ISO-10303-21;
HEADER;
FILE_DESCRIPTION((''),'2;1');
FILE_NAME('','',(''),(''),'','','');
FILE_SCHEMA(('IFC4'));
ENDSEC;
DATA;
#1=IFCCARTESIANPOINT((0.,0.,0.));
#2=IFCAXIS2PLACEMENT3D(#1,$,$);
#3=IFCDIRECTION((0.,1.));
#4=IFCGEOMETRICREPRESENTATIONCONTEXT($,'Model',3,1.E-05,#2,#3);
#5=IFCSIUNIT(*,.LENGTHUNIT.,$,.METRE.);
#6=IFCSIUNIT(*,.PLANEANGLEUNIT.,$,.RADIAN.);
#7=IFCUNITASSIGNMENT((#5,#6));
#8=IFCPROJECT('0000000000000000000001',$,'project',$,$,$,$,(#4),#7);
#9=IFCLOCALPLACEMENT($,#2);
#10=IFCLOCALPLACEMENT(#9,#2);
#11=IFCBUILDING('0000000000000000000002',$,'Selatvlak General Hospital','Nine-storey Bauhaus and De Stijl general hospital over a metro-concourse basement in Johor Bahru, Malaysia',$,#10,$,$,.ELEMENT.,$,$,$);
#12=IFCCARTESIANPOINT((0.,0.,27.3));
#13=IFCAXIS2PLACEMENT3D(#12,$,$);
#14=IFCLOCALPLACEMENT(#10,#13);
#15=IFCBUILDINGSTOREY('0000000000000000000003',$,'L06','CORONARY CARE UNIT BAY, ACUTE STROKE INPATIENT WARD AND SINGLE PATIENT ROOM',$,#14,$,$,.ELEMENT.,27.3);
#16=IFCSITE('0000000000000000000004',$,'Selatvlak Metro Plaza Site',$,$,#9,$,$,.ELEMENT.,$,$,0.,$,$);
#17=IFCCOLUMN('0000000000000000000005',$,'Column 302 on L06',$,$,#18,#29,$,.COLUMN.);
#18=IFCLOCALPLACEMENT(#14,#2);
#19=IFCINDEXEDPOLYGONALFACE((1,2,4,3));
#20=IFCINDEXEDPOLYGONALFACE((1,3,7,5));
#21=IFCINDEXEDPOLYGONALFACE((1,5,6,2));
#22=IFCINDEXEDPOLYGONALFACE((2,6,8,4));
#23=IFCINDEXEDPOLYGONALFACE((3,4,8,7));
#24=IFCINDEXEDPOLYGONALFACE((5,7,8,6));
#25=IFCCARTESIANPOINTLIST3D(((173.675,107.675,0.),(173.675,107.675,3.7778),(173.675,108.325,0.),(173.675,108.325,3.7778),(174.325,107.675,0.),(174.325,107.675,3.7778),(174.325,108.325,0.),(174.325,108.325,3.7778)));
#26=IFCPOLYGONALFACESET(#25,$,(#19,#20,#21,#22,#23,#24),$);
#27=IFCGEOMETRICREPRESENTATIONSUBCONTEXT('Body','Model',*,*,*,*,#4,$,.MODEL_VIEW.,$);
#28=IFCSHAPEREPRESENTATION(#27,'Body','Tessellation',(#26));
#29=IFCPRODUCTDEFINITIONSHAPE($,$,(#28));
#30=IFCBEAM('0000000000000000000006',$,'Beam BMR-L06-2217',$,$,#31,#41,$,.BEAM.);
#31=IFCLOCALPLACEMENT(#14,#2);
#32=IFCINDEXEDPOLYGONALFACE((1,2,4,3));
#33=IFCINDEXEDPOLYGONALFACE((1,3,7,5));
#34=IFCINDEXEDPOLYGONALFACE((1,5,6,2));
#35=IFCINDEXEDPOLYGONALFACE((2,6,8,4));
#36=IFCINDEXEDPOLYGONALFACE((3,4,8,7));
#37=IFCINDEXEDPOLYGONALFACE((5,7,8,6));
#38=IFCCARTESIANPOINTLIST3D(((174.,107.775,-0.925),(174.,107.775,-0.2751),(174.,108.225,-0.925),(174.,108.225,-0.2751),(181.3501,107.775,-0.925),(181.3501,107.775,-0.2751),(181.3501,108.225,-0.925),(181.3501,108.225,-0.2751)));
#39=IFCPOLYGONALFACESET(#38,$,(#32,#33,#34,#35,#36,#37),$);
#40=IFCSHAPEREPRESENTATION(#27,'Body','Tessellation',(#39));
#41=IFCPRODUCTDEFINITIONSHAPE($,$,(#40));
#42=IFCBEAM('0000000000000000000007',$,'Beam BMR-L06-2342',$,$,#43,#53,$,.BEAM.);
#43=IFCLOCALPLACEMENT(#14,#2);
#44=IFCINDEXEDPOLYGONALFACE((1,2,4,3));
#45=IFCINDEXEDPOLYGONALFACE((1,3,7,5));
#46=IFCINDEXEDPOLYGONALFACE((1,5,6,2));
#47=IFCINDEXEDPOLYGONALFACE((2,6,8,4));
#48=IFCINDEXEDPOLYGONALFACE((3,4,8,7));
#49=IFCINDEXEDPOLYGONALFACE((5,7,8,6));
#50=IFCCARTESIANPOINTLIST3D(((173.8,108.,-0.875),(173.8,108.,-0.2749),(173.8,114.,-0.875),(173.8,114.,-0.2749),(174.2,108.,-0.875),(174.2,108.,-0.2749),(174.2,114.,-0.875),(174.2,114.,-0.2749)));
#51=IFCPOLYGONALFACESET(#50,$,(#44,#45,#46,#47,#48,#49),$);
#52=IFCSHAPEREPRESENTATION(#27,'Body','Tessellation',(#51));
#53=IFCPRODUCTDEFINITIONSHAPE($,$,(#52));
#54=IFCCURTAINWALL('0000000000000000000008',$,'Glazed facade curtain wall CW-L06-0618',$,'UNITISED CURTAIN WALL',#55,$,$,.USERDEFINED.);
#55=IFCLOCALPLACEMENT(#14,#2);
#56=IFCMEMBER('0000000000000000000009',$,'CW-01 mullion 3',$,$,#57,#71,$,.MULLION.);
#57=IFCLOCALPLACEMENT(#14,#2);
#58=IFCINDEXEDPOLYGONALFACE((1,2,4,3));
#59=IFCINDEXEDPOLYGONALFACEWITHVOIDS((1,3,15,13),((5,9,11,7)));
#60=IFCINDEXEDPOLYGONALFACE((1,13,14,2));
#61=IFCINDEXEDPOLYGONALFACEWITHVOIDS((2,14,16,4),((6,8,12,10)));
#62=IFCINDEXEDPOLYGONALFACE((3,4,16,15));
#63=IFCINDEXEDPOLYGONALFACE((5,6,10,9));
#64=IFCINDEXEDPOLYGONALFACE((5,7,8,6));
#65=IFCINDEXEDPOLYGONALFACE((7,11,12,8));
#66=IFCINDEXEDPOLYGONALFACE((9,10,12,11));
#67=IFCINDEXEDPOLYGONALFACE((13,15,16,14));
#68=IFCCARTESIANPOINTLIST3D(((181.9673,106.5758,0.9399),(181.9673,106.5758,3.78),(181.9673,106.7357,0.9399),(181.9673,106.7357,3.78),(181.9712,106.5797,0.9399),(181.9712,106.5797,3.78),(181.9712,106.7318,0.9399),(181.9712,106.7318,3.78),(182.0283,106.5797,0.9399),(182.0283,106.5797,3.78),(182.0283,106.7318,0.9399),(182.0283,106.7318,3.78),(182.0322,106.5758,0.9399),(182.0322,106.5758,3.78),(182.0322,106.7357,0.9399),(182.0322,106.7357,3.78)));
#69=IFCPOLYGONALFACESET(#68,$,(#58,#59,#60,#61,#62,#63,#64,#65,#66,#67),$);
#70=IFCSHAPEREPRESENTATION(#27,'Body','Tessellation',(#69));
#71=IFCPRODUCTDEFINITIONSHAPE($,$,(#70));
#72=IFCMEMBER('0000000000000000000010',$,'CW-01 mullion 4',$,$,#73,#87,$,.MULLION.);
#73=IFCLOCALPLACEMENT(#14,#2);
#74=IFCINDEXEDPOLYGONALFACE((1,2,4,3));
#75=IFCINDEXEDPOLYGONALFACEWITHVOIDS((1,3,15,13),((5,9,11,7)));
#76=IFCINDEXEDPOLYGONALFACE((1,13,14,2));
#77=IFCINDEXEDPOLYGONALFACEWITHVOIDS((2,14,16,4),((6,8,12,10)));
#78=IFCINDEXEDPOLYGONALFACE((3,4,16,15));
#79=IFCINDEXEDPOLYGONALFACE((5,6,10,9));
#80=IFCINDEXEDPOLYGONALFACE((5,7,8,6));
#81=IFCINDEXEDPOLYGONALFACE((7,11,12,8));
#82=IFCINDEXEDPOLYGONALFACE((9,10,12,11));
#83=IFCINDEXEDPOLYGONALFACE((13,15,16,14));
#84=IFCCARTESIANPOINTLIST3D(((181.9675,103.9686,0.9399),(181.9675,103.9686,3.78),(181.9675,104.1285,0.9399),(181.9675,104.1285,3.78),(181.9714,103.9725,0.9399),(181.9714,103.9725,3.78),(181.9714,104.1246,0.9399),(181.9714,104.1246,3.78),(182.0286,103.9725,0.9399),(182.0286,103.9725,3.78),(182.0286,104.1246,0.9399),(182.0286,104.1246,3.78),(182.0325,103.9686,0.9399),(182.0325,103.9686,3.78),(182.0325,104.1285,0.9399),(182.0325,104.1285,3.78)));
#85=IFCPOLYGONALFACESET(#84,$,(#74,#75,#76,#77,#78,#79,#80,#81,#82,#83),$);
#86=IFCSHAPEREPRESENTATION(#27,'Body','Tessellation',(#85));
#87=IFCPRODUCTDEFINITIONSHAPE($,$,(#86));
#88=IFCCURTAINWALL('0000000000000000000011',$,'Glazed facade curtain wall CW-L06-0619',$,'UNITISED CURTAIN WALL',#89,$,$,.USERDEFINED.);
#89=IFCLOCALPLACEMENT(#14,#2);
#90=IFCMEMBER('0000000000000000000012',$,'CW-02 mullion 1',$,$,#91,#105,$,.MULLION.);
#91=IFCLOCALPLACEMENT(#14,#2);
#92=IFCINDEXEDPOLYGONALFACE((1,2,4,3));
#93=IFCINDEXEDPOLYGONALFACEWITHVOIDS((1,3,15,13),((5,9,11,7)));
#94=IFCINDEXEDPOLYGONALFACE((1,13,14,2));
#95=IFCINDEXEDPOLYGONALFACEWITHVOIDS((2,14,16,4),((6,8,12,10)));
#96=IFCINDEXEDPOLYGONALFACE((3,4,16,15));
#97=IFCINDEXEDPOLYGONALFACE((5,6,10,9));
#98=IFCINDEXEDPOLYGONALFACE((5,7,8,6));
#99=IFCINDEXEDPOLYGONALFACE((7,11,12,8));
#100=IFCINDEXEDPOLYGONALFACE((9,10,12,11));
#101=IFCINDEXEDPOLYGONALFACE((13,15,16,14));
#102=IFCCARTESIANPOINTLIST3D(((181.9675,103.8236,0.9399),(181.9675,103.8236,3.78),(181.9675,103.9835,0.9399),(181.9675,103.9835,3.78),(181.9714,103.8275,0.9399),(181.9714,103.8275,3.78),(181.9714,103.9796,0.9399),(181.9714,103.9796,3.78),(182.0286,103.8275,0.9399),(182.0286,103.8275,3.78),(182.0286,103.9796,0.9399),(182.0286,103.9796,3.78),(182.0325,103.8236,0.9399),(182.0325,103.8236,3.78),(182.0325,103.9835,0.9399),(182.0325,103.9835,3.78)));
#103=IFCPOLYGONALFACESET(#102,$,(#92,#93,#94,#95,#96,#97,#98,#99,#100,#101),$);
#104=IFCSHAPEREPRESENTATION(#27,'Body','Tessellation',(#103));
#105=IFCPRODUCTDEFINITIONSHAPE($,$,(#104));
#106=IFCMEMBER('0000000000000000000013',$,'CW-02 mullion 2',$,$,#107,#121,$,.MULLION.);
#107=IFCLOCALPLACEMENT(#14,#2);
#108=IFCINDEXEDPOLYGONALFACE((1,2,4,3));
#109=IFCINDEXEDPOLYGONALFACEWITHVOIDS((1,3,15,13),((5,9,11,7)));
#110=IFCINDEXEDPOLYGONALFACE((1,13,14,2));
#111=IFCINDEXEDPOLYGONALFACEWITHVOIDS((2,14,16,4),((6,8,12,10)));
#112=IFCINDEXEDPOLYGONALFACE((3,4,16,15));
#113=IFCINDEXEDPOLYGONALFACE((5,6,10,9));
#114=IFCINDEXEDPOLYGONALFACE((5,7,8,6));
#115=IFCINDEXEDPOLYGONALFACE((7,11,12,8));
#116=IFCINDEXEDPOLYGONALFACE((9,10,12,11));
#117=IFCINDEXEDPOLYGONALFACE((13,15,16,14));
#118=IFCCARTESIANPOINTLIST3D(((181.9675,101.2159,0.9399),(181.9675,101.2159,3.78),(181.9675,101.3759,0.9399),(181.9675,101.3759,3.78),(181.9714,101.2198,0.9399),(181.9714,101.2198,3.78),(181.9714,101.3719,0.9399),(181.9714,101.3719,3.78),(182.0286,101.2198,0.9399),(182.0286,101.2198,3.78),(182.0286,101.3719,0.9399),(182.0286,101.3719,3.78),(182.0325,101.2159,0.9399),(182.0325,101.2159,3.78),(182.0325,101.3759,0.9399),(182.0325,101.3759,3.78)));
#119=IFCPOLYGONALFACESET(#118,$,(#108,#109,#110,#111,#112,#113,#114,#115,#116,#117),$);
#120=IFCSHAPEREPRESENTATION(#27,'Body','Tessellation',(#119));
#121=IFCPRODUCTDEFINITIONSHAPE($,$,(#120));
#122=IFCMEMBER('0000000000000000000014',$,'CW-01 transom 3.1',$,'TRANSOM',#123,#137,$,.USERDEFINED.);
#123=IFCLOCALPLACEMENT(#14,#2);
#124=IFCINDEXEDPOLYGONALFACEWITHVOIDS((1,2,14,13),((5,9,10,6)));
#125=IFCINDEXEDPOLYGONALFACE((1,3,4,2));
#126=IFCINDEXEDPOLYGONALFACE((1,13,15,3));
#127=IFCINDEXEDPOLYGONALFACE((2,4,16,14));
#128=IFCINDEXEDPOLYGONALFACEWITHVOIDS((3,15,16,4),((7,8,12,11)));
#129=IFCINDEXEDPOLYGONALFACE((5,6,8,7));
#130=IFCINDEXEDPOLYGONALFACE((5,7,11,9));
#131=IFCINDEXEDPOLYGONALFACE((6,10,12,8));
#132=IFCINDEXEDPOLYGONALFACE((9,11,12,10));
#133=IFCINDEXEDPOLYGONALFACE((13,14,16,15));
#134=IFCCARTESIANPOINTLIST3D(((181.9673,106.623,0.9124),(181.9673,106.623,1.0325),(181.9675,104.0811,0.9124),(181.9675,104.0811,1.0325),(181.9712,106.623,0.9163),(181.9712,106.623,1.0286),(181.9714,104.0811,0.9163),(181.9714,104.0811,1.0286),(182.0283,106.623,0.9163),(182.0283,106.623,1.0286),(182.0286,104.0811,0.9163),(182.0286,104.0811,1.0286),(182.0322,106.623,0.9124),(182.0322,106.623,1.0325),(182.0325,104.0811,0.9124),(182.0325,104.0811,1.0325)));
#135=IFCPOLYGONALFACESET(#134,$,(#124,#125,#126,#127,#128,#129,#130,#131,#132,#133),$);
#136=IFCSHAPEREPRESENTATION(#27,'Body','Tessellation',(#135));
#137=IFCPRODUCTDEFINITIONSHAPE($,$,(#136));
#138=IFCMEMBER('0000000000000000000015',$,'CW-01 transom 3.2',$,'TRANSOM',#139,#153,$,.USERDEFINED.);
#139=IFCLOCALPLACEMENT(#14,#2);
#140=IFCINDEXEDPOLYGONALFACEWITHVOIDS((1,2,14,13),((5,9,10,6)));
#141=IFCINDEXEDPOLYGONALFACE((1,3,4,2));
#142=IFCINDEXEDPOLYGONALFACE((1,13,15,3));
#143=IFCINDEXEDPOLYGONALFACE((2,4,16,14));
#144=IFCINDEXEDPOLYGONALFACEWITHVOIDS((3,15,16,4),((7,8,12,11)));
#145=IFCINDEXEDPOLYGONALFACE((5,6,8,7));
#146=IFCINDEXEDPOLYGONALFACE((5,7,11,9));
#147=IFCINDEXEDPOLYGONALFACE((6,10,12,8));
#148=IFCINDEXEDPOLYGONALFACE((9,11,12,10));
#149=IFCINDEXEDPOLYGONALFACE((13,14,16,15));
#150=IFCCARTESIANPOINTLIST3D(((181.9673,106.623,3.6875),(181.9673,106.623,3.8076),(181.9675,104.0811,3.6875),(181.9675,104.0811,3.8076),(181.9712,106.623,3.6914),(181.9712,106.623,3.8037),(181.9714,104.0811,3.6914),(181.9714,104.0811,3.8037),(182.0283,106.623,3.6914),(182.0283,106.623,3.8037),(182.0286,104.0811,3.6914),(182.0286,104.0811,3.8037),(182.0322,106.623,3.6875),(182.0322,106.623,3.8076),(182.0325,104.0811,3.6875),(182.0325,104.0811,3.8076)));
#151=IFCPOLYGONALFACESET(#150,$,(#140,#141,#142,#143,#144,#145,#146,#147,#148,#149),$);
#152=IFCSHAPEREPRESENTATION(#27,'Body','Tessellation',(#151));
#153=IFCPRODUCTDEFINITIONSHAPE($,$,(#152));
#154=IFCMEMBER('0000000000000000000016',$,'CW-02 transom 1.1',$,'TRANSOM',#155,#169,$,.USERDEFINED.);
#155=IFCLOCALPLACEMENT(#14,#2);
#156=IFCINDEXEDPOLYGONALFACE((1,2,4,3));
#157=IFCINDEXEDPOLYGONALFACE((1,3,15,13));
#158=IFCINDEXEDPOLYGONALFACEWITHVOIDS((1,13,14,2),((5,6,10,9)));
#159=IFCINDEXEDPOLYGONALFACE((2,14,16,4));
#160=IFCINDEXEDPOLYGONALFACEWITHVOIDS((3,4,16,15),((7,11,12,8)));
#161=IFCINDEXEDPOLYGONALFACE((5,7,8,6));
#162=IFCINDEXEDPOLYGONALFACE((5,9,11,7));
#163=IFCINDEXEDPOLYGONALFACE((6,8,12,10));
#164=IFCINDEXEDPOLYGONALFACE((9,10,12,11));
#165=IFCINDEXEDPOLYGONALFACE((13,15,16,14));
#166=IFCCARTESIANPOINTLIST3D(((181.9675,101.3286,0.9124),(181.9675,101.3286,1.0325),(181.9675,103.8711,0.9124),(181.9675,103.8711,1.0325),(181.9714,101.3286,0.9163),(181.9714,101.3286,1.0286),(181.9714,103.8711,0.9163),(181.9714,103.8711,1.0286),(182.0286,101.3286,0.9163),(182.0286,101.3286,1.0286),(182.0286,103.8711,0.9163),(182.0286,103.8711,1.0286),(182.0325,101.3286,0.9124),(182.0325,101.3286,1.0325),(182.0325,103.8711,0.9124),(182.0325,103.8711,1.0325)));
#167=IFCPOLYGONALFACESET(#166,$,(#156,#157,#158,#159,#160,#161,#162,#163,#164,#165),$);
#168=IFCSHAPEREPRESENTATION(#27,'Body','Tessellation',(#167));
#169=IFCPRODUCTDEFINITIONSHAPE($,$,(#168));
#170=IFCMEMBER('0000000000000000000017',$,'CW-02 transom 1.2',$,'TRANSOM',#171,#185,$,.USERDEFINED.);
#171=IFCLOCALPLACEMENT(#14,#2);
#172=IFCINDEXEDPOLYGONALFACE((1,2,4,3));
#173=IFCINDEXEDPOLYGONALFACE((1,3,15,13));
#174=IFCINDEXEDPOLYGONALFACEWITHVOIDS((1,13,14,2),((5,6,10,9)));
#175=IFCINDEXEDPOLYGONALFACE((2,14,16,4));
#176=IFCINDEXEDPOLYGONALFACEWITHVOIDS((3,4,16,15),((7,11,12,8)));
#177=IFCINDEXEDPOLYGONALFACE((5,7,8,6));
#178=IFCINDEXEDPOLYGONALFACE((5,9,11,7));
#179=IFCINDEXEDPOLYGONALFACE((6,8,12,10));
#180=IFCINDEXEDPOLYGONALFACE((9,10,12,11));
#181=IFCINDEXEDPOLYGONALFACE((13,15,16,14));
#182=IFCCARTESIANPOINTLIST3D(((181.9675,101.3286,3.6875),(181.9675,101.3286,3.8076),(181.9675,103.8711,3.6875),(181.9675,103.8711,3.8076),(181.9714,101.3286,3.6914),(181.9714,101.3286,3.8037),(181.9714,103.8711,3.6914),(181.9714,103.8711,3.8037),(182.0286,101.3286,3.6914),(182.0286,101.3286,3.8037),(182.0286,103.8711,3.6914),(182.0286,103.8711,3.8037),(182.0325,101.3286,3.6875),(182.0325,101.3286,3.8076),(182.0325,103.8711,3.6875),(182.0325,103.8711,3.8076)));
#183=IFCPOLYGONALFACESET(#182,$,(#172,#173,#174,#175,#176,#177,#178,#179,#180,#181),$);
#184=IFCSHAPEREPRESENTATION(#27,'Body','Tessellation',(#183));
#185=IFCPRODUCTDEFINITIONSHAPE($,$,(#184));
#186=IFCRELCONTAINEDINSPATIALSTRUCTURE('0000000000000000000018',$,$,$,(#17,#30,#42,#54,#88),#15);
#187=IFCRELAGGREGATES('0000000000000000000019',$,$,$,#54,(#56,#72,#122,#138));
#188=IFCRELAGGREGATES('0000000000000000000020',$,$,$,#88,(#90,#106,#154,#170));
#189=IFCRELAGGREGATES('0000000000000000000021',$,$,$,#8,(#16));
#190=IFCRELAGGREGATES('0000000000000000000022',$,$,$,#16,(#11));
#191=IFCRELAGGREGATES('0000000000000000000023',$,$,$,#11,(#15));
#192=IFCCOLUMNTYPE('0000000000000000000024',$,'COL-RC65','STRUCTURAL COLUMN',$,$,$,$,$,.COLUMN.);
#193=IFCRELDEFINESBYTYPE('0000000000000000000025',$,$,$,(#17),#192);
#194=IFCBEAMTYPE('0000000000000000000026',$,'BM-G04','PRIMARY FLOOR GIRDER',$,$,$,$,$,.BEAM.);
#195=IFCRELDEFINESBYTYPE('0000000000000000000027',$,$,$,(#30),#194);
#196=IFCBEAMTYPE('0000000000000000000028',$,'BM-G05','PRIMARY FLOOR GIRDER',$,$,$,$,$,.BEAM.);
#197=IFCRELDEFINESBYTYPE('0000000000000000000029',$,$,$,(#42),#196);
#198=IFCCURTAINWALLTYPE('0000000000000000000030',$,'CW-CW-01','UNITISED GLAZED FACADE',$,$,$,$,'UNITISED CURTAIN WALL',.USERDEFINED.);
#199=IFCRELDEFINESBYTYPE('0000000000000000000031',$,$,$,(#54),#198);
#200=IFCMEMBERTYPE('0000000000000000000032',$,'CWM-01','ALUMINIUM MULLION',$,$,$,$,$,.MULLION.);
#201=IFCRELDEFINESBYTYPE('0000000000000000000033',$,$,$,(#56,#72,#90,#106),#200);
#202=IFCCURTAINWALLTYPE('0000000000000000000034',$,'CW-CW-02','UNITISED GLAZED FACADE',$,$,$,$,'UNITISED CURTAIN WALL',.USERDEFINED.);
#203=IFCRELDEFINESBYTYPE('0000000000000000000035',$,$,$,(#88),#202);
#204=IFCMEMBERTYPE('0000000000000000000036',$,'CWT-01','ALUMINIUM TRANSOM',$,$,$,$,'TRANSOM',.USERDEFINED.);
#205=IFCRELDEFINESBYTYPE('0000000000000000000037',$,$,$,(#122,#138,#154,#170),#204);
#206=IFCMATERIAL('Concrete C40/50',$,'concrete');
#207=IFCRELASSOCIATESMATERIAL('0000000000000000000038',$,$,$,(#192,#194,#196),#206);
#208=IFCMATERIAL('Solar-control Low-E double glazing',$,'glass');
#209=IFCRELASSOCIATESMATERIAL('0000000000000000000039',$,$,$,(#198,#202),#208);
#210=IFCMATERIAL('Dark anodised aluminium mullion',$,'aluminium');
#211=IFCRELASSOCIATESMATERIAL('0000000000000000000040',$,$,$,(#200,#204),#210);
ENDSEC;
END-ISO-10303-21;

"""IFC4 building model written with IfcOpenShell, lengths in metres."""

from ifc_helpers import new_model, si_unit, direction, frame, origin, origin_2d, place, context, subcontext, project, spatial, rectangle, hollow_rectangle, extrude, material, material_profile, profile_set, type_object, element, aggregate, save


model = new_model("IFC4")

# Units and contexts
model_context = context("Model", 3, precision=1e-05, world=origin(), true_north=direction((0.0, 1.0)))
body_context = subcontext(model_context, "Body", "Model", "MODEL_VIEW")
ifc_project = project(units=[si_unit("LENGTHUNIT", "METRE"), si_unit("PLANEANGLEUNIT", "RADIAN")], contexts=[model_context])

# Site, building, storey
site_placement = place(None, origin())
site = spatial("IfcSite", under=ifc_project, at=site_placement, Name="Selatvlak Metro Plaza Site", CompositionType="ELEMENT", RefElevation=0.0)
building_placement = place(site_placement, origin())
building = spatial("IfcBuilding", under=site, at=building_placement, Name="Selatvlak General Hospital", Description="Nine-storey Bauhaus and De Stijl general hospital over a metro-concourse basement in Johor Bahru, Malaysia", CompositionType="ELEMENT")
storey_placement = place(building_placement, frame((0.0, 0.0, 27.3)))
storey = spatial("IfcBuildingStorey", under=building, at=storey_placement, Name="L06", Description="CORONARY CARE UNIT BAY, ACUTE STROKE INPATIENT WARD AND SINGLE PATIENT ROOM", CompositionType="ELEMENT", Elevation=27.3)

# Column
ifc_material_1 = material(Name="Concrete C40/50", Category="concrete")
ifc_material_profile_1 = material_profile(ifc_material_1, rectangle(XDim=0.6499, YDim=0.6499, at=origin_2d()), Name="RC-COL 650x650")
ifc_profile_set_1 = profile_set([ifc_material_profile_1], Name="Concrete C40/50")
column_type = type_object("IfcColumnType", Name="COL-RC65", Description="STRUCTURAL COLUMN", PredefinedType="COLUMN", material=ifc_profile_set_1)
column_placement = place(storey_placement, frame((174.0, 108.0, 0.0), z_axis=(0.0, 0.0, 1.0), x_axis=(1.0, 0.0, 0.0)))
element("IfcColumn", 1, at=column_placement, inside=storey, type_object=column_type, Name="Column 302 on L06", PredefinedType="COLUMN", context=body_context, shape_type="SweptSolid", body=[
    extrude(rectangle(XDim=0.6499, YDim=0.6499, at=origin_2d()), origin(), (0.0, 0.0, 1.0), 3.7778),
])

# Beams
ifc_material_profile_2 = material_profile(ifc_material_1, rectangle(XDim=0.45, YDim=0.6499, at=origin_2d()), Name="RC-BM 450x650")
ifc_profile_set_2 = profile_set([ifc_material_profile_2], Name="Concrete C40/50")
beam_type_1 = type_object("IfcBeamType", Name="BM-G04", Description="PRIMARY FLOOR GIRDER", PredefinedType="BEAM", material=ifc_profile_set_2)
beam_1_placement = place(storey_placement, frame((174.0, 108.0, -0.6001), z_axis=(1.0, 0.0, 0.0), x_axis=(0.0, 1.0, 0.0)))
element("IfcBeam", 2, at=beam_1_placement, inside=storey, type_object=beam_type_1, Name="Beam BMR-L06-2217", PredefinedType="BEAM", context=body_context, shape_type="SweptSolid", body=[
    extrude(rectangle(XDim=0.45, YDim=0.6499, at=origin_2d()), origin(), (0.0, 0.0, 1.0), 7.3501),
])
ifc_material_profile_3 = material_profile(ifc_material_1, rectangle(XDim=0.3999, YDim=0.6001, at=origin_2d()), Name="RC-BM 400x600")
ifc_profile_set_3 = profile_set([ifc_material_profile_3], Name="Concrete C40/50")
beam_type_2 = type_object("IfcBeamType", Name="BM-G05", Description="PRIMARY FLOOR GIRDER", PredefinedType="BEAM", material=ifc_profile_set_3)
beam_2_placement = place(storey_placement, frame((174.0, 108.0, -0.575), z_axis=(0.0, 1.0, 0.0), x_axis=(-1.0, 0.0, 0.0)))
element("IfcBeam", 3, at=beam_2_placement, inside=storey, type_object=beam_type_2, Name="Beam BMR-L06-2342", PredefinedType="BEAM", context=body_context, shape_type="SweptSolid", body=[
    extrude(rectangle(XDim=0.3999, YDim=0.6001, at=origin_2d()), origin(), (0.0, 0.0, 1.0), 6.0),
])

# Curtain walls, members
ifc_material_2 = material(Name="Solar-control Low-E double glazing", Category="glass")
curtain_wall_type_1 = type_object("IfcCurtainWallType", Name="CW-CW-01", Description="UNITISED GLAZED FACADE", ElementType="UNITISED CURTAIN WALL", PredefinedType="USERDEFINED", material=ifc_material_2)
curtain_wall_1_placement = place(storey_placement, origin())
curtain_wall_1 = element("IfcCurtainWall", 4, at=curtain_wall_1_placement, inside=storey, type_object=curtain_wall_type_1, Name="Glazed facade curtain wall CW-L06-0618", ObjectType="UNITISED CURTAIN WALL", PredefinedType="USERDEFINED")
ifc_material_3 = material(Name="Dark anodised aluminium mullion", Category="aluminium")
ifc_material_profile_4 = material_profile(ifc_material_3, hollow_rectangle(XDim=0.0649, YDim=0.1599, WallThickness=0.0039, at=origin_2d()), Name="AL-MUL 65x160x4")
ifc_profile_set_4 = profile_set([ifc_material_profile_4], Name="Dark anodised aluminium mullion")
member_type_1 = type_object("IfcMemberType", Name="CWM-01", Description="ALUMINIUM MULLION", PredefinedType="MULLION", material=ifc_profile_set_4)
member_1_placement = place(storey_placement, frame((181.9998, 106.6558, 0.9399), z_axis=(0.0, 0.0, 1.0), x_axis=(1.0, 0.000126, 0.0)))
member_1 = element("IfcMember", 5, at=member_1_placement, type_object=member_type_1, Name="CW-01 mullion 3", PredefinedType="MULLION", context=body_context, shape_type="SweptSolid", body=[
    extrude(hollow_rectangle(XDim=0.0649, YDim=0.1599, WallThickness=0.0039, at=origin_2d()), origin(), (0.0, 0.0, 1.0), 2.8401),
])
member_2_placement = place(storey_placement, frame((182.0, 104.0486, 0.9399), z_axis=(0.0, 0.0, 1.0), x_axis=(1.0, 0.000126, 0.0)))
member_2 = element("IfcMember", 6, at=member_2_placement, type_object=member_type_1, Name="CW-01 mullion 4", PredefinedType="MULLION", context=body_context, shape_type="SweptSolid", body=[
    extrude(hollow_rectangle(XDim=0.0649, YDim=0.1599, WallThickness=0.0039, at=origin_2d()), origin(), (0.0, 0.0, 1.0), 2.8401),
])
curtain_wall_type_2 = type_object("IfcCurtainWallType", Name="CW-CW-02", Description="UNITISED GLAZED FACADE", ElementType="UNITISED CURTAIN WALL", PredefinedType="USERDEFINED", material=ifc_material_2)
curtain_wall_2_placement = place(storey_placement, origin())
curtain_wall_2 = element("IfcCurtainWall", 7, at=curtain_wall_2_placement, inside=storey, type_object=curtain_wall_type_2, Name="Glazed facade curtain wall CW-L06-0619", ObjectType="UNITISED CURTAIN WALL", PredefinedType="USERDEFINED")
member_3_placement = place(storey_placement, frame((182.0, 103.9036, 0.9399), z_axis=(0.0, 0.0, 1.0), x_axis=(1.0, 0.0, 0.0)))
member_3 = element("IfcMember", 8, at=member_3_placement, type_object=member_type_1, Name="CW-02 mullion 1", PredefinedType="MULLION", context=body_context, shape_type="SweptSolid", body=[
    extrude(hollow_rectangle(XDim=0.0649, YDim=0.1599, WallThickness=0.0039, at=origin_2d()), origin(), (0.0, 0.0, 1.0), 2.8401),
])
member_4_placement = place(storey_placement, frame((182.0, 101.2959, 0.9399), z_axis=(0.0, 0.0, 1.0), x_axis=(1.0, 0.0, 0.0)))
member_4 = element("IfcMember", 9, at=member_4_placement, type_object=member_type_1, Name="CW-02 mullion 2", PredefinedType="MULLION", context=body_context, shape_type="SweptSolid", body=[
    extrude(hollow_rectangle(XDim=0.0649, YDim=0.1599, WallThickness=0.0039, at=origin_2d()), origin(), (0.0, 0.0, 1.0), 2.8401),
])

# Members
ifc_material_profile_5 = material_profile(ifc_material_3, hollow_rectangle(XDim=0.0649, YDim=0.1201, WallThickness=0.0039, at=origin_2d()), Name="AL-TRN 65x120x4")
ifc_profile_set_5 = profile_set([ifc_material_profile_5], Name="Dark anodised aluminium mullion")
member_type_2 = type_object("IfcMemberType", Name="CWT-01", Description="ALUMINIUM TRANSOM", ElementType="TRANSOM", PredefinedType="USERDEFINED", material=ifc_profile_set_5)
member_5_placement = place(storey_placement, frame((181.9998, 106.623, 0.9724), z_axis=(0.000096, -1.0, 0.0), x_axis=(1.0, 0.000096, 0.0)))
member_5 = element("IfcMember", 10, at=member_5_placement, type_object=member_type_2, Name="CW-01 transom 3.1", ObjectType="TRANSOM", PredefinedType="USERDEFINED", context=body_context, shape_type="SweptSolid", body=[
    extrude(hollow_rectangle(XDim=0.0649, YDim=0.1201, WallThickness=0.0039, at=origin_2d()), origin(), (0.0, 0.0, 1.0), 2.542),
])
member_6_placement = place(storey_placement, frame((181.9998, 106.623, 3.7476), z_axis=(0.000096, -1.0, 0.0), x_axis=(1.0, 0.000096, 0.0)))
member_6 = element("IfcMember", 11, at=member_6_placement, type_object=member_type_2, Name="CW-01 transom 3.2", ObjectType="TRANSOM", PredefinedType="USERDEFINED", context=body_context, shape_type="SweptSolid", body=[
    extrude(hollow_rectangle(XDim=0.0649, YDim=0.1201, WallThickness=0.0039, at=origin_2d()), origin(), (0.0, 0.0, 1.0), 2.542),
])
member_7_placement = place(storey_placement, frame((182.0, 103.8711, 0.9724), z_axis=(0.0, -1.0, 0.0), x_axis=(1.0, 0.0, 0.0)))
member_7 = element("IfcMember", 12, at=member_7_placement, type_object=member_type_2, Name="CW-02 transom 1.1", ObjectType="TRANSOM", PredefinedType="USERDEFINED", context=body_context, shape_type="SweptSolid", body=[
    extrude(hollow_rectangle(XDim=0.0649, YDim=0.1201, WallThickness=0.0039, at=origin_2d()), origin(), (0.0, 0.0, 1.0), 2.5425),
])
member_8_placement = place(storey_placement, frame((182.0, 103.8711, 3.7476), z_axis=(0.0, -1.0, 0.0), x_axis=(1.0, 0.0, 0.0)))
member_8 = element("IfcMember", 13, at=member_8_placement, type_object=member_type_2, Name="CW-02 transom 1.2", ObjectType="TRANSOM", PredefinedType="USERDEFINED", context=body_context, shape_type="SweptSolid", body=[
    extrude(hollow_rectangle(XDim=0.0649, YDim=0.1201, WallThickness=0.0039, at=origin_2d()), origin(), (0.0, 0.0, 1.0), 2.5425),
])

aggregate(curtain_wall_1, [member_1, member_2, member_5, member_6])
aggregate(curtain_wall_2, [member_3, member_4, member_7, member_8])

save(model, "model.ifc")
